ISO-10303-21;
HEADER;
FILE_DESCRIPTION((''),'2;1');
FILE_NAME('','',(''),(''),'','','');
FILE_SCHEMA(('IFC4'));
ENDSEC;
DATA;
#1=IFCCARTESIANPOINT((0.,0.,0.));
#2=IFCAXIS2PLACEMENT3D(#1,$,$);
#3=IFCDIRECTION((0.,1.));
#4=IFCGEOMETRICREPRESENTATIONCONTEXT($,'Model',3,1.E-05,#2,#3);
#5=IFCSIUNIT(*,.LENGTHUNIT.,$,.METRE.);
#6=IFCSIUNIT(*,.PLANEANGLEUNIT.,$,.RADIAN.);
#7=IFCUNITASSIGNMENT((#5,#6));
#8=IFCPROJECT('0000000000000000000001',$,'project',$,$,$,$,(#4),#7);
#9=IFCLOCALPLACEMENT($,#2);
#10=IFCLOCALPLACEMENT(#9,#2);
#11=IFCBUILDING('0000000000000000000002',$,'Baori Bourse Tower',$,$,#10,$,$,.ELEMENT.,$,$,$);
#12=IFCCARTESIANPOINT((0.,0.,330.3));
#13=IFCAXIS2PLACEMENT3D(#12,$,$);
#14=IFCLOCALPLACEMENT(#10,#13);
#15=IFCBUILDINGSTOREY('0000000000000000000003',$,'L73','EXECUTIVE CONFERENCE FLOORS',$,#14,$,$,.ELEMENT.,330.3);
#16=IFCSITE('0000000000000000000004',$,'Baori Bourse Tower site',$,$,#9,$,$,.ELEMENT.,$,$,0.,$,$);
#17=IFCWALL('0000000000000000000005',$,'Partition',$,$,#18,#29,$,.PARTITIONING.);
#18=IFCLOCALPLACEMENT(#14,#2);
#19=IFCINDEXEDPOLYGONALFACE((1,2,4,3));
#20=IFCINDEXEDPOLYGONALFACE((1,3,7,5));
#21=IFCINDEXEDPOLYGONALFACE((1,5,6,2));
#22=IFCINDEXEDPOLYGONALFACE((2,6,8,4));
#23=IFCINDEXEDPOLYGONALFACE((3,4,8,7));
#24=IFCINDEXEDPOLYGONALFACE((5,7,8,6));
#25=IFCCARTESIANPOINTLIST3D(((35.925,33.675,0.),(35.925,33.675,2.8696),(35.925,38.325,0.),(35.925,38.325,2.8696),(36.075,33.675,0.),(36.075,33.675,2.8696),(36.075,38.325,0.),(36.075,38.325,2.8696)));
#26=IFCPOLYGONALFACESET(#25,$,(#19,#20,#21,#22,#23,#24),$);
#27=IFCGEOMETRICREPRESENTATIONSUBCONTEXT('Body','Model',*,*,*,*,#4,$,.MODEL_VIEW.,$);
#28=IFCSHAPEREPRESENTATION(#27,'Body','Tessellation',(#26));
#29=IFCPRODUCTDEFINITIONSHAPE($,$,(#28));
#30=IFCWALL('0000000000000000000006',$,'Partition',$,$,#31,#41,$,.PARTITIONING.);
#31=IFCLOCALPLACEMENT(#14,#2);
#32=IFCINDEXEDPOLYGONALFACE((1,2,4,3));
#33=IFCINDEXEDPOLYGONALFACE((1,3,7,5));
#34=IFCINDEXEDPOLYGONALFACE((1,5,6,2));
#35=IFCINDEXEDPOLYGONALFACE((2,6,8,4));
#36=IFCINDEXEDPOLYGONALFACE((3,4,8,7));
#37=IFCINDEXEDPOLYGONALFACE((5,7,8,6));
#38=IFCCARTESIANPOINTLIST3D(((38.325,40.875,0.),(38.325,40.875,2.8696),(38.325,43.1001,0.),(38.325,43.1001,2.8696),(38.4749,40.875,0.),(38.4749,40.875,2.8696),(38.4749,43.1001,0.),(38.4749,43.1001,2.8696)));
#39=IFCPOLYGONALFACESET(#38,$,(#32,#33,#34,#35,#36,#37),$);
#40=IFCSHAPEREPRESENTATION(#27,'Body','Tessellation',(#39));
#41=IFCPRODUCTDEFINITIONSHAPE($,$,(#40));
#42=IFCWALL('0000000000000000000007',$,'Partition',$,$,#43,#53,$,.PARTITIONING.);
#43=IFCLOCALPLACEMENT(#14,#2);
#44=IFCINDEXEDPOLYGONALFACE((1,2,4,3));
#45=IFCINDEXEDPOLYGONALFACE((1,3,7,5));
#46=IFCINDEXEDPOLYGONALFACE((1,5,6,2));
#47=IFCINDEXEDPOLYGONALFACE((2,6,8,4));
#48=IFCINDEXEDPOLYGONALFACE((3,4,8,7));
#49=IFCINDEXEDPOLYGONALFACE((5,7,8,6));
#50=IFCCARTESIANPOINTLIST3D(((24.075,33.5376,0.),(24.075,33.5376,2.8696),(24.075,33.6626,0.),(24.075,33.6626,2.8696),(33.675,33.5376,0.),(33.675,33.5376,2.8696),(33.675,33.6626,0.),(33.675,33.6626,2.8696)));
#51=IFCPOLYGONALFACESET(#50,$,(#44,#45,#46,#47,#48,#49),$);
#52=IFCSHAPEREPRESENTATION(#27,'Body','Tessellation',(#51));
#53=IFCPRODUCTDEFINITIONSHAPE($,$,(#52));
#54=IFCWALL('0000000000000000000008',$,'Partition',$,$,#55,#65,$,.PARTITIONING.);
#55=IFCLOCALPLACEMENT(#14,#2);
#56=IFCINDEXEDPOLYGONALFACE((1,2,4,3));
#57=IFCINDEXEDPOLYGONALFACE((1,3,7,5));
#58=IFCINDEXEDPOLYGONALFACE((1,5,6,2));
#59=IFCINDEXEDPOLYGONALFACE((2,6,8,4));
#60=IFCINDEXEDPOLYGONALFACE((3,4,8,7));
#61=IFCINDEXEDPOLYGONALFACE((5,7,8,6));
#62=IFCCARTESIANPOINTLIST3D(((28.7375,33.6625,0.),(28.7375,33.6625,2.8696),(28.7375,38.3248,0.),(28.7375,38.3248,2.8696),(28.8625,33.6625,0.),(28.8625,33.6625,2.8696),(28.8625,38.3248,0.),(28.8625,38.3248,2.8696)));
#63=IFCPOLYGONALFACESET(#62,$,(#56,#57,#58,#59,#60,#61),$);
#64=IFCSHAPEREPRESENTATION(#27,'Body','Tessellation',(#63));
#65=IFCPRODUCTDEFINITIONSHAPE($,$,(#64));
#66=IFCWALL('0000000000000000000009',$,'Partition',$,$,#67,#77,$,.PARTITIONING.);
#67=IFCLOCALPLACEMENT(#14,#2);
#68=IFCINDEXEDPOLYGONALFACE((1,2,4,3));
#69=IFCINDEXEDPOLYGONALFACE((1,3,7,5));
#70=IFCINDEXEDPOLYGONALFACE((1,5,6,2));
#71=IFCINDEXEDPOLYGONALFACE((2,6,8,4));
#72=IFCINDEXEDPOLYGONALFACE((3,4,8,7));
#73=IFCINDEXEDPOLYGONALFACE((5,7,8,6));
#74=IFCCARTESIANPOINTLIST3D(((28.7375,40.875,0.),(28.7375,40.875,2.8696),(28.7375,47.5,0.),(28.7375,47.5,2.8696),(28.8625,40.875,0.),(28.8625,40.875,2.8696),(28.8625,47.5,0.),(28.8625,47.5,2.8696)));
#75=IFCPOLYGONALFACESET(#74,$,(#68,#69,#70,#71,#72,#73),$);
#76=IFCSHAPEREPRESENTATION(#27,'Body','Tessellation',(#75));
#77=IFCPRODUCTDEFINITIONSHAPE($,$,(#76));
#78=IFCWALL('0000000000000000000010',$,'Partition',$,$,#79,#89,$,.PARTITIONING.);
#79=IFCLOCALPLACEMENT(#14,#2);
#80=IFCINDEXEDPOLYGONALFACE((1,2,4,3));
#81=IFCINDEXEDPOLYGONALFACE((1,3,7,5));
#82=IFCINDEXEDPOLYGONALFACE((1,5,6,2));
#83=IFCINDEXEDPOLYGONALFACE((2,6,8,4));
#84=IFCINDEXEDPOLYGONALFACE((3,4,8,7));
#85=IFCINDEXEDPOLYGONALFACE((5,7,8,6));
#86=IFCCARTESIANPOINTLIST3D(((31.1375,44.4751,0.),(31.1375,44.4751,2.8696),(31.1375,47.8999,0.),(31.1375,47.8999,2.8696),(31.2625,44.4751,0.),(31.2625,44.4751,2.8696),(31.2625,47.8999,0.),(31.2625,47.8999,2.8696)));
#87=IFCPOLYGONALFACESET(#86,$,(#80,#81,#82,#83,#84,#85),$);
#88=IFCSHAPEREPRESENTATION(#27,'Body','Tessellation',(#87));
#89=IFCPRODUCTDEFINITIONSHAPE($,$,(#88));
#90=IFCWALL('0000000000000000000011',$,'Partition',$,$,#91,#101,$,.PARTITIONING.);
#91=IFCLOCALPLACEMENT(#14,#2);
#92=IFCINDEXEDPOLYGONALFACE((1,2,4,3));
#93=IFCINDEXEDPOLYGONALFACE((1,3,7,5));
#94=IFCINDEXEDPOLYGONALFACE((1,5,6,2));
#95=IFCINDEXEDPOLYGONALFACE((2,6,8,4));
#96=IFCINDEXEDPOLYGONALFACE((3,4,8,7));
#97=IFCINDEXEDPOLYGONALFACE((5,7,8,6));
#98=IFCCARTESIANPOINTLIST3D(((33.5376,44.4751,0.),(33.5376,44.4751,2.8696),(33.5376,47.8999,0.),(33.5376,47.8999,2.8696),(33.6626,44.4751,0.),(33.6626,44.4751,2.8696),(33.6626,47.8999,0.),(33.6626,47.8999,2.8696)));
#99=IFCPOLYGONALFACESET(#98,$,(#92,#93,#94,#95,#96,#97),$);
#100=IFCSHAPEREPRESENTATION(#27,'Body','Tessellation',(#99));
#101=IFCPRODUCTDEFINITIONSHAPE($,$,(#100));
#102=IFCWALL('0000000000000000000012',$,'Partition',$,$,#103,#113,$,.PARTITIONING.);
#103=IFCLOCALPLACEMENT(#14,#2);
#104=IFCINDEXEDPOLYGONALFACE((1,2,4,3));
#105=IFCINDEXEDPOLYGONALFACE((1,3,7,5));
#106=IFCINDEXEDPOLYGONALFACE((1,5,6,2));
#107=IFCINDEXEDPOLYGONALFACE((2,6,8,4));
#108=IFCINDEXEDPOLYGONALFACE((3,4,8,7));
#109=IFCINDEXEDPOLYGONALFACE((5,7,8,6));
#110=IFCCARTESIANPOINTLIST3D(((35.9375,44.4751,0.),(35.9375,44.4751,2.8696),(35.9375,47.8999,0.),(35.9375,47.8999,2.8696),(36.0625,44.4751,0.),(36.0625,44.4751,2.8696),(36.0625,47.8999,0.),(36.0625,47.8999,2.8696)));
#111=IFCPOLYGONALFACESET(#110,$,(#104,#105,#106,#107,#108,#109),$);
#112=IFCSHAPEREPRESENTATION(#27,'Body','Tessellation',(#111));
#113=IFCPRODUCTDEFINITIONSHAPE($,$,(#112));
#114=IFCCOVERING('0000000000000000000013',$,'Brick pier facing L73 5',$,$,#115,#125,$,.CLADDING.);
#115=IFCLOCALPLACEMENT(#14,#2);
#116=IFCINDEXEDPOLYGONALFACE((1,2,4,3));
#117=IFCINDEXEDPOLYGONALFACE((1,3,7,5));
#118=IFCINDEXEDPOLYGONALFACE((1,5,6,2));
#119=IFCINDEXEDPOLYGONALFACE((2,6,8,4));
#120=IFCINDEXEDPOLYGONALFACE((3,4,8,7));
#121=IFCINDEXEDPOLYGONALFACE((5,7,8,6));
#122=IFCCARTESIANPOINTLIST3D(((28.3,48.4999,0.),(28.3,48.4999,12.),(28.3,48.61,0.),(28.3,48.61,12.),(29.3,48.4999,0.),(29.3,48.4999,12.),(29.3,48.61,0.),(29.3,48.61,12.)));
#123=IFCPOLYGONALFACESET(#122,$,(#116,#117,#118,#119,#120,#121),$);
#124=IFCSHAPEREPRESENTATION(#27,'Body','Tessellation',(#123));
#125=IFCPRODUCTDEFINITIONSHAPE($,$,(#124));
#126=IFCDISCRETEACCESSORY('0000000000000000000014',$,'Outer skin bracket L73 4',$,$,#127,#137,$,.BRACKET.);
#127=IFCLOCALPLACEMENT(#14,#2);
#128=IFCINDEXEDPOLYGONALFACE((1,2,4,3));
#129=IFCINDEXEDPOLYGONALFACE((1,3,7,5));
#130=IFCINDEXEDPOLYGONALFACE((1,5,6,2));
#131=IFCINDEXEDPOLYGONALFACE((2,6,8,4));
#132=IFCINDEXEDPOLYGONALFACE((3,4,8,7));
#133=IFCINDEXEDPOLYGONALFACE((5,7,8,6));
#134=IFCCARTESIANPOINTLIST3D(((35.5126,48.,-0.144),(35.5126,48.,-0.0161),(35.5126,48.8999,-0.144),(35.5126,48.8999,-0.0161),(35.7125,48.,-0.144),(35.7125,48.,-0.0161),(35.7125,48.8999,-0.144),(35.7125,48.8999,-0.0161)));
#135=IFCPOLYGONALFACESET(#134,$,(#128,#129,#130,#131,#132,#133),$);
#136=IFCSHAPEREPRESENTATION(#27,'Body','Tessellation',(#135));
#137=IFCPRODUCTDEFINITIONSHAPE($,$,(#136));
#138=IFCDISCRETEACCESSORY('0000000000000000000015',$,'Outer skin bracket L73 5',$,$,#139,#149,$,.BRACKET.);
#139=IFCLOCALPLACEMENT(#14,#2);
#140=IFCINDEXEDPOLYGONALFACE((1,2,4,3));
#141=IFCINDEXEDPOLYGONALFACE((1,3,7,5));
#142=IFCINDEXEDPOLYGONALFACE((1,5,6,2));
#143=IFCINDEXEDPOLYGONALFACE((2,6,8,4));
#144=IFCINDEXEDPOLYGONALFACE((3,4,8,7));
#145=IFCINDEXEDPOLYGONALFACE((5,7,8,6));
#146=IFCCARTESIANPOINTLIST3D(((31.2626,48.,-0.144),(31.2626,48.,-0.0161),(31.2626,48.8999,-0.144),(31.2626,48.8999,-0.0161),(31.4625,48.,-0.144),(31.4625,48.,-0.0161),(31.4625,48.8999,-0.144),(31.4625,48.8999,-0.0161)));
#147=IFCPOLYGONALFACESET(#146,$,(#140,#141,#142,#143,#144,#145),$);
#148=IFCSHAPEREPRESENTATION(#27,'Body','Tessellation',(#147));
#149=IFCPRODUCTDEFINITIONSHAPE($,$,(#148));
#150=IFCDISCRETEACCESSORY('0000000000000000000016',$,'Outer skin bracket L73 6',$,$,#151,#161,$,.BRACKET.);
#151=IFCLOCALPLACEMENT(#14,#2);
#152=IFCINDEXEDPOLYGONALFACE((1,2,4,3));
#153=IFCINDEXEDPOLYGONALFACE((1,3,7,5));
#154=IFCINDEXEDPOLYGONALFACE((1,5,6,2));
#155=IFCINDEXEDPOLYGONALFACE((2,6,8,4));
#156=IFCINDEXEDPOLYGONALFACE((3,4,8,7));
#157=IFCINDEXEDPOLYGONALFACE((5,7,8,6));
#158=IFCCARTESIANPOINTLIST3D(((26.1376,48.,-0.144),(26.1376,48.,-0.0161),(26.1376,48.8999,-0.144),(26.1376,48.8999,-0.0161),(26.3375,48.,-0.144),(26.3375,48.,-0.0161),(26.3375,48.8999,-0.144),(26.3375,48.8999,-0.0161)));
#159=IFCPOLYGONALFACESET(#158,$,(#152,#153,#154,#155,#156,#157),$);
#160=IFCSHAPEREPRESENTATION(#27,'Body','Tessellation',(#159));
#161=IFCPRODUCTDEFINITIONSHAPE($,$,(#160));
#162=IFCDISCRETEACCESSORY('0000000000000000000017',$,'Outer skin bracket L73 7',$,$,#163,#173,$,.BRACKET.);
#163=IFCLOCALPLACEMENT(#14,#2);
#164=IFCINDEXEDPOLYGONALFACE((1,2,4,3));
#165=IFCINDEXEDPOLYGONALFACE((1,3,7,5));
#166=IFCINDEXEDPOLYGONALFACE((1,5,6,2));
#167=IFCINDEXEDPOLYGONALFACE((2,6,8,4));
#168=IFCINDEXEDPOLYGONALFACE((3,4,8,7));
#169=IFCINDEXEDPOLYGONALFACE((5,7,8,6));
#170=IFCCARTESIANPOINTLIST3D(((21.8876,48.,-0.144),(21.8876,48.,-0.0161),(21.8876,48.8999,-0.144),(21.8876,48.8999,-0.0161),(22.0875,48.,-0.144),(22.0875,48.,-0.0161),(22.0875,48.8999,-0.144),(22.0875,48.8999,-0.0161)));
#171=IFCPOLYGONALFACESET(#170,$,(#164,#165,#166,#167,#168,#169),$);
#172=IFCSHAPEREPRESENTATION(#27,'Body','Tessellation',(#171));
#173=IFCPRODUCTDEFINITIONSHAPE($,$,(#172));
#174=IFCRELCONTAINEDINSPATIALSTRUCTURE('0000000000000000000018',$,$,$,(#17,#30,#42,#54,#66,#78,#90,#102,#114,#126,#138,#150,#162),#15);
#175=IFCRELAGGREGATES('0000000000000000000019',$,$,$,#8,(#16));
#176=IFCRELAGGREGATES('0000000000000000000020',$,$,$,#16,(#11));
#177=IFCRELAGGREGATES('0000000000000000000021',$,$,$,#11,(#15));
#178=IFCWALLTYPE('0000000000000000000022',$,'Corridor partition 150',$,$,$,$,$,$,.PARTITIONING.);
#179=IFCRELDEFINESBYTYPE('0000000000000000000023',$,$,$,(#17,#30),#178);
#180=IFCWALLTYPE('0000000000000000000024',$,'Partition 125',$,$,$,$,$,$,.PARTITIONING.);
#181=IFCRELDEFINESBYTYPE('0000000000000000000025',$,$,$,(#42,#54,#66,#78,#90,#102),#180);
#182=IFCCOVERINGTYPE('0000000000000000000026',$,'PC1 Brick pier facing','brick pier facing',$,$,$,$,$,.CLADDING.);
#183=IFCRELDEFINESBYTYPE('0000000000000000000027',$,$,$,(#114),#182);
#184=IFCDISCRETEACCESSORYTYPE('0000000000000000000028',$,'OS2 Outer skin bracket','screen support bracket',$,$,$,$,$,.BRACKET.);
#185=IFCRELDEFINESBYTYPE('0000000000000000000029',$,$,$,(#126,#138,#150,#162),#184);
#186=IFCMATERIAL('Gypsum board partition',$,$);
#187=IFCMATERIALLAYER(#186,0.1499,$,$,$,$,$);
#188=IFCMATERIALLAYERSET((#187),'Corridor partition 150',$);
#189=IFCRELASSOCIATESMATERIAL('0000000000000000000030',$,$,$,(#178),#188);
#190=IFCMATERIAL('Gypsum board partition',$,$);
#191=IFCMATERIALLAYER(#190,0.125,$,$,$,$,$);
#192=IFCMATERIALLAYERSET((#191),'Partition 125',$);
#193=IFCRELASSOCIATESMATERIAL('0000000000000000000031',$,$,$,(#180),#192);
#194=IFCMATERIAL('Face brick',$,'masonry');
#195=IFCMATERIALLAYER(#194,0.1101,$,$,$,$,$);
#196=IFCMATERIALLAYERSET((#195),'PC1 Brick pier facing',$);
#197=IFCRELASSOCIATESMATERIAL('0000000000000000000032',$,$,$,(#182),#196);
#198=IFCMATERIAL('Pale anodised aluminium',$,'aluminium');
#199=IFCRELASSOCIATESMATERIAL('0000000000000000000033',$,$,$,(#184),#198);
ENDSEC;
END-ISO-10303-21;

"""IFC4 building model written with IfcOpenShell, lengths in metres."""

from ifc_helpers import new_model, si_unit, direction, frame, frame_2d, origin, origin_2d, place, context, subcontext, project, spatial, rectangle, extrude, material, layer, layer_set, type_object, element, save


model = new_model("IFC4")

# Units and contexts
model_context = context("Model", 3, precision=1e-05, world=origin(), true_north=direction((0.0, 1.0)))
body_context = subcontext(model_context, "Body", "Model", "MODEL_VIEW")
ifc_project = project(units=[si_unit("LENGTHUNIT", "METRE"), si_unit("PLANEANGLEUNIT", "RADIAN")], contexts=[model_context])

# Site, building, storey
site_placement = place(None, origin())
site = spatial("IfcSite", under=ifc_project, at=site_placement, Name="Baori Bourse Tower site", CompositionType="ELEMENT", RefElevation=0.0)
building_placement = place(site_placement, origin())
building = spatial("IfcBuilding", under=site, at=building_placement, Name="Baori Bourse Tower", CompositionType="ELEMENT")
storey_placement = place(building_placement, frame((0.0, 0.0, 330.3)))
storey = spatial("IfcBuildingStorey", under=building, at=storey_placement, Name="L73", Description="EXECUTIVE CONFERENCE FLOORS", CompositionType="ELEMENT", Elevation=330.3)

# Shared definitions
ifc_material_1 = material(Name="Gypsum board partition")
ifc_layer_1 = layer(ifc_material_1, 0.1499)
ifc_layer_set_1 = layer_set([ifc_layer_1], Name="Corridor partition 150")
wall_type_1 = type_object("IfcWallType", Name="Corridor partition 150", PredefinedType="PARTITIONING", material=ifc_layer_set_1)

# Walls
wall_1_placement = place(storey_placement, frame((36.0, 33.675, 0.0), z_axis=(0.0, 0.0, 1.0), x_axis=(0.0, 1.0, 0.0)))
element("IfcWall", 1, at=wall_1_placement, inside=storey, type_object=wall_type_1, Name="Partition", PredefinedType="PARTITIONING", context=body_context, shape_type="SweptSolid", body=[
    extrude(rectangle(XDim=4.6499, YDim=0.1499, at=frame_2d((2.325, 0.0))), origin(), (0.0, 0.0, 1.0), 2.8696),
])
wall_2_placement = place(storey_placement, frame((38.3999, 40.875, 0.0), z_axis=(0.0, 0.0, 1.0), x_axis=(0.0, 1.0, 0.0)))
element("IfcWall", 2, at=wall_2_placement, inside=storey, type_object=wall_type_1, Name="Partition", PredefinedType="PARTITIONING", context=body_context, shape_type="SweptSolid", body=[
    extrude(rectangle(XDim=2.2251, YDim=0.1499, at=frame_2d((1.1125, 0.0))), origin(), (0.0, 0.0, 1.0), 2.8696),
])
ifc_material_2 = material(Name="Gypsum board partition")
ifc_layer_2 = layer(ifc_material_2, 0.125)
ifc_layer_set_2 = layer_set([ifc_layer_2], Name="Partition 125")
wall_type_2 = type_object("IfcWallType", Name="Partition 125", PredefinedType="PARTITIONING", material=ifc_layer_set_2)
wall_3_placement = place(storey_placement, frame((24.075, 33.6001, 0.0), z_axis=(0.0, 0.0, 1.0), x_axis=(1.0, 0.0, 0.0)))
element("IfcWall", 3, at=wall_3_placement, inside=storey, type_object=wall_type_2, Name="Partition", PredefinedType="PARTITIONING", context=body_context, shape_type="SweptSolid", body=[
    extrude(rectangle(XDim=9.6001, YDim=0.125, at=frame_2d((4.8, 0.0))), origin(), (0.0, 0.0, 1.0), 2.8696),
])
wall_4_placement = place(storey_placement, frame((28.8, 33.6626, 0.0), z_axis=(0.0, 0.0, 1.0), x_axis=(0.0, 1.0, 0.0)))
element("IfcWall", 4, at=wall_4_placement, inside=storey, type_object=wall_type_2, Name="Partition", PredefinedType="PARTITIONING", context=body_context, shape_type="SweptSolid", body=[
    extrude(rectangle(XDim=4.6624, YDim=0.125, at=frame_2d((2.3311, 0.0))), origin(), (0.0, 0.0, 1.0), 2.8696),
])
wall_5_placement = place(storey_placement, frame((28.8, 40.875, 0.0), z_axis=(0.0, 0.0, 1.0), x_axis=(0.0, 1.0, 0.0)))
element("IfcWall", 5, at=wall_5_placement, inside=storey, type_object=wall_type_2, Name="Partition", PredefinedType="PARTITIONING", context=body_context, shape_type="SweptSolid", body=[
    extrude(rectangle(XDim=6.625, YDim=0.125, at=frame_2d((3.3125, 0.0))), origin(), (0.0, 0.0, 1.0), 2.8696),
])
for number, where, z_axis, x_axis, name in (
    (6, (31.2, 44.4751, 0.0), (0.0, 0.0, 1.0), (0.0, 1.0, 0.0), "Partition"),
    (7, (33.6001, 44.4751, 0.0), (0.0, 0.0, 1.0), (0.0, 1.0, 0.0), "Partition"),
    (8, (36.0, 44.4751, 0.0), (0.0, 0.0, 1.0), (0.0, 1.0, 0.0), "Partition"),
):
    element("IfcWall", number, at=place(storey_placement, frame(where, z_axis=z_axis, x_axis=x_axis)), inside=storey, type_object=wall_type_2, Name=name, PredefinedType="PARTITIONING", context=body_context, shape_type="SweptSolid", body=[
        extrude(rectangle(XDim=3.4248, YDim=0.125, at=frame_2d((1.7124, 0.0))), origin(), (0.0, 0.0, 1.0), 2.8696),
    ])

# Covering
ifc_material_3 = material(Name="Face brick", Category="masonry")
ifc_layer_3 = layer(ifc_material_3, 0.1101)
ifc_layer_set_3 = layer_set([ifc_layer_3], Name="PC1 Brick pier facing")
covering_type = type_object("IfcCoveringType", Name="PC1 Brick pier facing", Description="brick pier facing", PredefinedType="CLADDING", material=ifc_layer_set_3)
covering_placement = place(storey_placement, frame((28.8, 48.5549, 0.0), z_axis=(0.0, 0.0, 1.0), x_axis=(1.0, 0.0, 0.0)))
element("IfcCovering", 9, at=covering_placement, inside=storey, type_object=covering_type, Name="Brick pier facing L73 5", PredefinedType="CLADDING", context=body_context, shape_type="SweptSolid", body=[
    extrude(rectangle(XDim=1.0, YDim=0.1101, at=origin_2d()), origin(), (0.0, 0.0, 1.0), 12.0),
])

# Discrete accessories
ifc_material_4 = material(Name="Pale anodised aluminium", Category="aluminium")
discrete_accessory_type = type_object("IfcDiscreteAccessoryType", Name="OS2 Outer skin bracket", Description="screen support bracket", PredefinedType="BRACKET", material=ifc_material_4)
for number, where, z_axis, x_axis, name in (
    (10, (35.6125, 48.45, -0.144), (0.0, 0.0, 1.0), (-1.0, 0.0, 0.0), "Outer skin bracket L73 4"),
    (11, (31.3625, 48.45, -0.144), (0.0, 0.0, 1.0), (-1.0, 0.0, 0.0), "Outer skin bracket L73 5"),
    (12, (26.2375, 48.45, -0.144), (0.0, 0.0, 1.0), (-1.0, 0.0, 0.0), "Outer skin bracket L73 6"),
    (13, (21.9875, 48.45, -0.144), (0.0, 0.0, 1.0), (-1.0, 0.0, 0.0), "Outer skin bracket L73 7"),
):
    element("IfcDiscreteAccessory", number, at=place(storey_placement, frame(where, z_axis=z_axis, x_axis=x_axis)), inside=storey, type_object=discrete_accessory_type, Name=name, PredefinedType="BRACKET", context=body_context, shape_type="SweptSolid", body=[
        extrude(rectangle(XDim=0.2, YDim=0.8999, at=origin_2d()), origin(), (0.0, 0.0, 1.0), 0.1279),
    ])

save(model, "model.ifc")
